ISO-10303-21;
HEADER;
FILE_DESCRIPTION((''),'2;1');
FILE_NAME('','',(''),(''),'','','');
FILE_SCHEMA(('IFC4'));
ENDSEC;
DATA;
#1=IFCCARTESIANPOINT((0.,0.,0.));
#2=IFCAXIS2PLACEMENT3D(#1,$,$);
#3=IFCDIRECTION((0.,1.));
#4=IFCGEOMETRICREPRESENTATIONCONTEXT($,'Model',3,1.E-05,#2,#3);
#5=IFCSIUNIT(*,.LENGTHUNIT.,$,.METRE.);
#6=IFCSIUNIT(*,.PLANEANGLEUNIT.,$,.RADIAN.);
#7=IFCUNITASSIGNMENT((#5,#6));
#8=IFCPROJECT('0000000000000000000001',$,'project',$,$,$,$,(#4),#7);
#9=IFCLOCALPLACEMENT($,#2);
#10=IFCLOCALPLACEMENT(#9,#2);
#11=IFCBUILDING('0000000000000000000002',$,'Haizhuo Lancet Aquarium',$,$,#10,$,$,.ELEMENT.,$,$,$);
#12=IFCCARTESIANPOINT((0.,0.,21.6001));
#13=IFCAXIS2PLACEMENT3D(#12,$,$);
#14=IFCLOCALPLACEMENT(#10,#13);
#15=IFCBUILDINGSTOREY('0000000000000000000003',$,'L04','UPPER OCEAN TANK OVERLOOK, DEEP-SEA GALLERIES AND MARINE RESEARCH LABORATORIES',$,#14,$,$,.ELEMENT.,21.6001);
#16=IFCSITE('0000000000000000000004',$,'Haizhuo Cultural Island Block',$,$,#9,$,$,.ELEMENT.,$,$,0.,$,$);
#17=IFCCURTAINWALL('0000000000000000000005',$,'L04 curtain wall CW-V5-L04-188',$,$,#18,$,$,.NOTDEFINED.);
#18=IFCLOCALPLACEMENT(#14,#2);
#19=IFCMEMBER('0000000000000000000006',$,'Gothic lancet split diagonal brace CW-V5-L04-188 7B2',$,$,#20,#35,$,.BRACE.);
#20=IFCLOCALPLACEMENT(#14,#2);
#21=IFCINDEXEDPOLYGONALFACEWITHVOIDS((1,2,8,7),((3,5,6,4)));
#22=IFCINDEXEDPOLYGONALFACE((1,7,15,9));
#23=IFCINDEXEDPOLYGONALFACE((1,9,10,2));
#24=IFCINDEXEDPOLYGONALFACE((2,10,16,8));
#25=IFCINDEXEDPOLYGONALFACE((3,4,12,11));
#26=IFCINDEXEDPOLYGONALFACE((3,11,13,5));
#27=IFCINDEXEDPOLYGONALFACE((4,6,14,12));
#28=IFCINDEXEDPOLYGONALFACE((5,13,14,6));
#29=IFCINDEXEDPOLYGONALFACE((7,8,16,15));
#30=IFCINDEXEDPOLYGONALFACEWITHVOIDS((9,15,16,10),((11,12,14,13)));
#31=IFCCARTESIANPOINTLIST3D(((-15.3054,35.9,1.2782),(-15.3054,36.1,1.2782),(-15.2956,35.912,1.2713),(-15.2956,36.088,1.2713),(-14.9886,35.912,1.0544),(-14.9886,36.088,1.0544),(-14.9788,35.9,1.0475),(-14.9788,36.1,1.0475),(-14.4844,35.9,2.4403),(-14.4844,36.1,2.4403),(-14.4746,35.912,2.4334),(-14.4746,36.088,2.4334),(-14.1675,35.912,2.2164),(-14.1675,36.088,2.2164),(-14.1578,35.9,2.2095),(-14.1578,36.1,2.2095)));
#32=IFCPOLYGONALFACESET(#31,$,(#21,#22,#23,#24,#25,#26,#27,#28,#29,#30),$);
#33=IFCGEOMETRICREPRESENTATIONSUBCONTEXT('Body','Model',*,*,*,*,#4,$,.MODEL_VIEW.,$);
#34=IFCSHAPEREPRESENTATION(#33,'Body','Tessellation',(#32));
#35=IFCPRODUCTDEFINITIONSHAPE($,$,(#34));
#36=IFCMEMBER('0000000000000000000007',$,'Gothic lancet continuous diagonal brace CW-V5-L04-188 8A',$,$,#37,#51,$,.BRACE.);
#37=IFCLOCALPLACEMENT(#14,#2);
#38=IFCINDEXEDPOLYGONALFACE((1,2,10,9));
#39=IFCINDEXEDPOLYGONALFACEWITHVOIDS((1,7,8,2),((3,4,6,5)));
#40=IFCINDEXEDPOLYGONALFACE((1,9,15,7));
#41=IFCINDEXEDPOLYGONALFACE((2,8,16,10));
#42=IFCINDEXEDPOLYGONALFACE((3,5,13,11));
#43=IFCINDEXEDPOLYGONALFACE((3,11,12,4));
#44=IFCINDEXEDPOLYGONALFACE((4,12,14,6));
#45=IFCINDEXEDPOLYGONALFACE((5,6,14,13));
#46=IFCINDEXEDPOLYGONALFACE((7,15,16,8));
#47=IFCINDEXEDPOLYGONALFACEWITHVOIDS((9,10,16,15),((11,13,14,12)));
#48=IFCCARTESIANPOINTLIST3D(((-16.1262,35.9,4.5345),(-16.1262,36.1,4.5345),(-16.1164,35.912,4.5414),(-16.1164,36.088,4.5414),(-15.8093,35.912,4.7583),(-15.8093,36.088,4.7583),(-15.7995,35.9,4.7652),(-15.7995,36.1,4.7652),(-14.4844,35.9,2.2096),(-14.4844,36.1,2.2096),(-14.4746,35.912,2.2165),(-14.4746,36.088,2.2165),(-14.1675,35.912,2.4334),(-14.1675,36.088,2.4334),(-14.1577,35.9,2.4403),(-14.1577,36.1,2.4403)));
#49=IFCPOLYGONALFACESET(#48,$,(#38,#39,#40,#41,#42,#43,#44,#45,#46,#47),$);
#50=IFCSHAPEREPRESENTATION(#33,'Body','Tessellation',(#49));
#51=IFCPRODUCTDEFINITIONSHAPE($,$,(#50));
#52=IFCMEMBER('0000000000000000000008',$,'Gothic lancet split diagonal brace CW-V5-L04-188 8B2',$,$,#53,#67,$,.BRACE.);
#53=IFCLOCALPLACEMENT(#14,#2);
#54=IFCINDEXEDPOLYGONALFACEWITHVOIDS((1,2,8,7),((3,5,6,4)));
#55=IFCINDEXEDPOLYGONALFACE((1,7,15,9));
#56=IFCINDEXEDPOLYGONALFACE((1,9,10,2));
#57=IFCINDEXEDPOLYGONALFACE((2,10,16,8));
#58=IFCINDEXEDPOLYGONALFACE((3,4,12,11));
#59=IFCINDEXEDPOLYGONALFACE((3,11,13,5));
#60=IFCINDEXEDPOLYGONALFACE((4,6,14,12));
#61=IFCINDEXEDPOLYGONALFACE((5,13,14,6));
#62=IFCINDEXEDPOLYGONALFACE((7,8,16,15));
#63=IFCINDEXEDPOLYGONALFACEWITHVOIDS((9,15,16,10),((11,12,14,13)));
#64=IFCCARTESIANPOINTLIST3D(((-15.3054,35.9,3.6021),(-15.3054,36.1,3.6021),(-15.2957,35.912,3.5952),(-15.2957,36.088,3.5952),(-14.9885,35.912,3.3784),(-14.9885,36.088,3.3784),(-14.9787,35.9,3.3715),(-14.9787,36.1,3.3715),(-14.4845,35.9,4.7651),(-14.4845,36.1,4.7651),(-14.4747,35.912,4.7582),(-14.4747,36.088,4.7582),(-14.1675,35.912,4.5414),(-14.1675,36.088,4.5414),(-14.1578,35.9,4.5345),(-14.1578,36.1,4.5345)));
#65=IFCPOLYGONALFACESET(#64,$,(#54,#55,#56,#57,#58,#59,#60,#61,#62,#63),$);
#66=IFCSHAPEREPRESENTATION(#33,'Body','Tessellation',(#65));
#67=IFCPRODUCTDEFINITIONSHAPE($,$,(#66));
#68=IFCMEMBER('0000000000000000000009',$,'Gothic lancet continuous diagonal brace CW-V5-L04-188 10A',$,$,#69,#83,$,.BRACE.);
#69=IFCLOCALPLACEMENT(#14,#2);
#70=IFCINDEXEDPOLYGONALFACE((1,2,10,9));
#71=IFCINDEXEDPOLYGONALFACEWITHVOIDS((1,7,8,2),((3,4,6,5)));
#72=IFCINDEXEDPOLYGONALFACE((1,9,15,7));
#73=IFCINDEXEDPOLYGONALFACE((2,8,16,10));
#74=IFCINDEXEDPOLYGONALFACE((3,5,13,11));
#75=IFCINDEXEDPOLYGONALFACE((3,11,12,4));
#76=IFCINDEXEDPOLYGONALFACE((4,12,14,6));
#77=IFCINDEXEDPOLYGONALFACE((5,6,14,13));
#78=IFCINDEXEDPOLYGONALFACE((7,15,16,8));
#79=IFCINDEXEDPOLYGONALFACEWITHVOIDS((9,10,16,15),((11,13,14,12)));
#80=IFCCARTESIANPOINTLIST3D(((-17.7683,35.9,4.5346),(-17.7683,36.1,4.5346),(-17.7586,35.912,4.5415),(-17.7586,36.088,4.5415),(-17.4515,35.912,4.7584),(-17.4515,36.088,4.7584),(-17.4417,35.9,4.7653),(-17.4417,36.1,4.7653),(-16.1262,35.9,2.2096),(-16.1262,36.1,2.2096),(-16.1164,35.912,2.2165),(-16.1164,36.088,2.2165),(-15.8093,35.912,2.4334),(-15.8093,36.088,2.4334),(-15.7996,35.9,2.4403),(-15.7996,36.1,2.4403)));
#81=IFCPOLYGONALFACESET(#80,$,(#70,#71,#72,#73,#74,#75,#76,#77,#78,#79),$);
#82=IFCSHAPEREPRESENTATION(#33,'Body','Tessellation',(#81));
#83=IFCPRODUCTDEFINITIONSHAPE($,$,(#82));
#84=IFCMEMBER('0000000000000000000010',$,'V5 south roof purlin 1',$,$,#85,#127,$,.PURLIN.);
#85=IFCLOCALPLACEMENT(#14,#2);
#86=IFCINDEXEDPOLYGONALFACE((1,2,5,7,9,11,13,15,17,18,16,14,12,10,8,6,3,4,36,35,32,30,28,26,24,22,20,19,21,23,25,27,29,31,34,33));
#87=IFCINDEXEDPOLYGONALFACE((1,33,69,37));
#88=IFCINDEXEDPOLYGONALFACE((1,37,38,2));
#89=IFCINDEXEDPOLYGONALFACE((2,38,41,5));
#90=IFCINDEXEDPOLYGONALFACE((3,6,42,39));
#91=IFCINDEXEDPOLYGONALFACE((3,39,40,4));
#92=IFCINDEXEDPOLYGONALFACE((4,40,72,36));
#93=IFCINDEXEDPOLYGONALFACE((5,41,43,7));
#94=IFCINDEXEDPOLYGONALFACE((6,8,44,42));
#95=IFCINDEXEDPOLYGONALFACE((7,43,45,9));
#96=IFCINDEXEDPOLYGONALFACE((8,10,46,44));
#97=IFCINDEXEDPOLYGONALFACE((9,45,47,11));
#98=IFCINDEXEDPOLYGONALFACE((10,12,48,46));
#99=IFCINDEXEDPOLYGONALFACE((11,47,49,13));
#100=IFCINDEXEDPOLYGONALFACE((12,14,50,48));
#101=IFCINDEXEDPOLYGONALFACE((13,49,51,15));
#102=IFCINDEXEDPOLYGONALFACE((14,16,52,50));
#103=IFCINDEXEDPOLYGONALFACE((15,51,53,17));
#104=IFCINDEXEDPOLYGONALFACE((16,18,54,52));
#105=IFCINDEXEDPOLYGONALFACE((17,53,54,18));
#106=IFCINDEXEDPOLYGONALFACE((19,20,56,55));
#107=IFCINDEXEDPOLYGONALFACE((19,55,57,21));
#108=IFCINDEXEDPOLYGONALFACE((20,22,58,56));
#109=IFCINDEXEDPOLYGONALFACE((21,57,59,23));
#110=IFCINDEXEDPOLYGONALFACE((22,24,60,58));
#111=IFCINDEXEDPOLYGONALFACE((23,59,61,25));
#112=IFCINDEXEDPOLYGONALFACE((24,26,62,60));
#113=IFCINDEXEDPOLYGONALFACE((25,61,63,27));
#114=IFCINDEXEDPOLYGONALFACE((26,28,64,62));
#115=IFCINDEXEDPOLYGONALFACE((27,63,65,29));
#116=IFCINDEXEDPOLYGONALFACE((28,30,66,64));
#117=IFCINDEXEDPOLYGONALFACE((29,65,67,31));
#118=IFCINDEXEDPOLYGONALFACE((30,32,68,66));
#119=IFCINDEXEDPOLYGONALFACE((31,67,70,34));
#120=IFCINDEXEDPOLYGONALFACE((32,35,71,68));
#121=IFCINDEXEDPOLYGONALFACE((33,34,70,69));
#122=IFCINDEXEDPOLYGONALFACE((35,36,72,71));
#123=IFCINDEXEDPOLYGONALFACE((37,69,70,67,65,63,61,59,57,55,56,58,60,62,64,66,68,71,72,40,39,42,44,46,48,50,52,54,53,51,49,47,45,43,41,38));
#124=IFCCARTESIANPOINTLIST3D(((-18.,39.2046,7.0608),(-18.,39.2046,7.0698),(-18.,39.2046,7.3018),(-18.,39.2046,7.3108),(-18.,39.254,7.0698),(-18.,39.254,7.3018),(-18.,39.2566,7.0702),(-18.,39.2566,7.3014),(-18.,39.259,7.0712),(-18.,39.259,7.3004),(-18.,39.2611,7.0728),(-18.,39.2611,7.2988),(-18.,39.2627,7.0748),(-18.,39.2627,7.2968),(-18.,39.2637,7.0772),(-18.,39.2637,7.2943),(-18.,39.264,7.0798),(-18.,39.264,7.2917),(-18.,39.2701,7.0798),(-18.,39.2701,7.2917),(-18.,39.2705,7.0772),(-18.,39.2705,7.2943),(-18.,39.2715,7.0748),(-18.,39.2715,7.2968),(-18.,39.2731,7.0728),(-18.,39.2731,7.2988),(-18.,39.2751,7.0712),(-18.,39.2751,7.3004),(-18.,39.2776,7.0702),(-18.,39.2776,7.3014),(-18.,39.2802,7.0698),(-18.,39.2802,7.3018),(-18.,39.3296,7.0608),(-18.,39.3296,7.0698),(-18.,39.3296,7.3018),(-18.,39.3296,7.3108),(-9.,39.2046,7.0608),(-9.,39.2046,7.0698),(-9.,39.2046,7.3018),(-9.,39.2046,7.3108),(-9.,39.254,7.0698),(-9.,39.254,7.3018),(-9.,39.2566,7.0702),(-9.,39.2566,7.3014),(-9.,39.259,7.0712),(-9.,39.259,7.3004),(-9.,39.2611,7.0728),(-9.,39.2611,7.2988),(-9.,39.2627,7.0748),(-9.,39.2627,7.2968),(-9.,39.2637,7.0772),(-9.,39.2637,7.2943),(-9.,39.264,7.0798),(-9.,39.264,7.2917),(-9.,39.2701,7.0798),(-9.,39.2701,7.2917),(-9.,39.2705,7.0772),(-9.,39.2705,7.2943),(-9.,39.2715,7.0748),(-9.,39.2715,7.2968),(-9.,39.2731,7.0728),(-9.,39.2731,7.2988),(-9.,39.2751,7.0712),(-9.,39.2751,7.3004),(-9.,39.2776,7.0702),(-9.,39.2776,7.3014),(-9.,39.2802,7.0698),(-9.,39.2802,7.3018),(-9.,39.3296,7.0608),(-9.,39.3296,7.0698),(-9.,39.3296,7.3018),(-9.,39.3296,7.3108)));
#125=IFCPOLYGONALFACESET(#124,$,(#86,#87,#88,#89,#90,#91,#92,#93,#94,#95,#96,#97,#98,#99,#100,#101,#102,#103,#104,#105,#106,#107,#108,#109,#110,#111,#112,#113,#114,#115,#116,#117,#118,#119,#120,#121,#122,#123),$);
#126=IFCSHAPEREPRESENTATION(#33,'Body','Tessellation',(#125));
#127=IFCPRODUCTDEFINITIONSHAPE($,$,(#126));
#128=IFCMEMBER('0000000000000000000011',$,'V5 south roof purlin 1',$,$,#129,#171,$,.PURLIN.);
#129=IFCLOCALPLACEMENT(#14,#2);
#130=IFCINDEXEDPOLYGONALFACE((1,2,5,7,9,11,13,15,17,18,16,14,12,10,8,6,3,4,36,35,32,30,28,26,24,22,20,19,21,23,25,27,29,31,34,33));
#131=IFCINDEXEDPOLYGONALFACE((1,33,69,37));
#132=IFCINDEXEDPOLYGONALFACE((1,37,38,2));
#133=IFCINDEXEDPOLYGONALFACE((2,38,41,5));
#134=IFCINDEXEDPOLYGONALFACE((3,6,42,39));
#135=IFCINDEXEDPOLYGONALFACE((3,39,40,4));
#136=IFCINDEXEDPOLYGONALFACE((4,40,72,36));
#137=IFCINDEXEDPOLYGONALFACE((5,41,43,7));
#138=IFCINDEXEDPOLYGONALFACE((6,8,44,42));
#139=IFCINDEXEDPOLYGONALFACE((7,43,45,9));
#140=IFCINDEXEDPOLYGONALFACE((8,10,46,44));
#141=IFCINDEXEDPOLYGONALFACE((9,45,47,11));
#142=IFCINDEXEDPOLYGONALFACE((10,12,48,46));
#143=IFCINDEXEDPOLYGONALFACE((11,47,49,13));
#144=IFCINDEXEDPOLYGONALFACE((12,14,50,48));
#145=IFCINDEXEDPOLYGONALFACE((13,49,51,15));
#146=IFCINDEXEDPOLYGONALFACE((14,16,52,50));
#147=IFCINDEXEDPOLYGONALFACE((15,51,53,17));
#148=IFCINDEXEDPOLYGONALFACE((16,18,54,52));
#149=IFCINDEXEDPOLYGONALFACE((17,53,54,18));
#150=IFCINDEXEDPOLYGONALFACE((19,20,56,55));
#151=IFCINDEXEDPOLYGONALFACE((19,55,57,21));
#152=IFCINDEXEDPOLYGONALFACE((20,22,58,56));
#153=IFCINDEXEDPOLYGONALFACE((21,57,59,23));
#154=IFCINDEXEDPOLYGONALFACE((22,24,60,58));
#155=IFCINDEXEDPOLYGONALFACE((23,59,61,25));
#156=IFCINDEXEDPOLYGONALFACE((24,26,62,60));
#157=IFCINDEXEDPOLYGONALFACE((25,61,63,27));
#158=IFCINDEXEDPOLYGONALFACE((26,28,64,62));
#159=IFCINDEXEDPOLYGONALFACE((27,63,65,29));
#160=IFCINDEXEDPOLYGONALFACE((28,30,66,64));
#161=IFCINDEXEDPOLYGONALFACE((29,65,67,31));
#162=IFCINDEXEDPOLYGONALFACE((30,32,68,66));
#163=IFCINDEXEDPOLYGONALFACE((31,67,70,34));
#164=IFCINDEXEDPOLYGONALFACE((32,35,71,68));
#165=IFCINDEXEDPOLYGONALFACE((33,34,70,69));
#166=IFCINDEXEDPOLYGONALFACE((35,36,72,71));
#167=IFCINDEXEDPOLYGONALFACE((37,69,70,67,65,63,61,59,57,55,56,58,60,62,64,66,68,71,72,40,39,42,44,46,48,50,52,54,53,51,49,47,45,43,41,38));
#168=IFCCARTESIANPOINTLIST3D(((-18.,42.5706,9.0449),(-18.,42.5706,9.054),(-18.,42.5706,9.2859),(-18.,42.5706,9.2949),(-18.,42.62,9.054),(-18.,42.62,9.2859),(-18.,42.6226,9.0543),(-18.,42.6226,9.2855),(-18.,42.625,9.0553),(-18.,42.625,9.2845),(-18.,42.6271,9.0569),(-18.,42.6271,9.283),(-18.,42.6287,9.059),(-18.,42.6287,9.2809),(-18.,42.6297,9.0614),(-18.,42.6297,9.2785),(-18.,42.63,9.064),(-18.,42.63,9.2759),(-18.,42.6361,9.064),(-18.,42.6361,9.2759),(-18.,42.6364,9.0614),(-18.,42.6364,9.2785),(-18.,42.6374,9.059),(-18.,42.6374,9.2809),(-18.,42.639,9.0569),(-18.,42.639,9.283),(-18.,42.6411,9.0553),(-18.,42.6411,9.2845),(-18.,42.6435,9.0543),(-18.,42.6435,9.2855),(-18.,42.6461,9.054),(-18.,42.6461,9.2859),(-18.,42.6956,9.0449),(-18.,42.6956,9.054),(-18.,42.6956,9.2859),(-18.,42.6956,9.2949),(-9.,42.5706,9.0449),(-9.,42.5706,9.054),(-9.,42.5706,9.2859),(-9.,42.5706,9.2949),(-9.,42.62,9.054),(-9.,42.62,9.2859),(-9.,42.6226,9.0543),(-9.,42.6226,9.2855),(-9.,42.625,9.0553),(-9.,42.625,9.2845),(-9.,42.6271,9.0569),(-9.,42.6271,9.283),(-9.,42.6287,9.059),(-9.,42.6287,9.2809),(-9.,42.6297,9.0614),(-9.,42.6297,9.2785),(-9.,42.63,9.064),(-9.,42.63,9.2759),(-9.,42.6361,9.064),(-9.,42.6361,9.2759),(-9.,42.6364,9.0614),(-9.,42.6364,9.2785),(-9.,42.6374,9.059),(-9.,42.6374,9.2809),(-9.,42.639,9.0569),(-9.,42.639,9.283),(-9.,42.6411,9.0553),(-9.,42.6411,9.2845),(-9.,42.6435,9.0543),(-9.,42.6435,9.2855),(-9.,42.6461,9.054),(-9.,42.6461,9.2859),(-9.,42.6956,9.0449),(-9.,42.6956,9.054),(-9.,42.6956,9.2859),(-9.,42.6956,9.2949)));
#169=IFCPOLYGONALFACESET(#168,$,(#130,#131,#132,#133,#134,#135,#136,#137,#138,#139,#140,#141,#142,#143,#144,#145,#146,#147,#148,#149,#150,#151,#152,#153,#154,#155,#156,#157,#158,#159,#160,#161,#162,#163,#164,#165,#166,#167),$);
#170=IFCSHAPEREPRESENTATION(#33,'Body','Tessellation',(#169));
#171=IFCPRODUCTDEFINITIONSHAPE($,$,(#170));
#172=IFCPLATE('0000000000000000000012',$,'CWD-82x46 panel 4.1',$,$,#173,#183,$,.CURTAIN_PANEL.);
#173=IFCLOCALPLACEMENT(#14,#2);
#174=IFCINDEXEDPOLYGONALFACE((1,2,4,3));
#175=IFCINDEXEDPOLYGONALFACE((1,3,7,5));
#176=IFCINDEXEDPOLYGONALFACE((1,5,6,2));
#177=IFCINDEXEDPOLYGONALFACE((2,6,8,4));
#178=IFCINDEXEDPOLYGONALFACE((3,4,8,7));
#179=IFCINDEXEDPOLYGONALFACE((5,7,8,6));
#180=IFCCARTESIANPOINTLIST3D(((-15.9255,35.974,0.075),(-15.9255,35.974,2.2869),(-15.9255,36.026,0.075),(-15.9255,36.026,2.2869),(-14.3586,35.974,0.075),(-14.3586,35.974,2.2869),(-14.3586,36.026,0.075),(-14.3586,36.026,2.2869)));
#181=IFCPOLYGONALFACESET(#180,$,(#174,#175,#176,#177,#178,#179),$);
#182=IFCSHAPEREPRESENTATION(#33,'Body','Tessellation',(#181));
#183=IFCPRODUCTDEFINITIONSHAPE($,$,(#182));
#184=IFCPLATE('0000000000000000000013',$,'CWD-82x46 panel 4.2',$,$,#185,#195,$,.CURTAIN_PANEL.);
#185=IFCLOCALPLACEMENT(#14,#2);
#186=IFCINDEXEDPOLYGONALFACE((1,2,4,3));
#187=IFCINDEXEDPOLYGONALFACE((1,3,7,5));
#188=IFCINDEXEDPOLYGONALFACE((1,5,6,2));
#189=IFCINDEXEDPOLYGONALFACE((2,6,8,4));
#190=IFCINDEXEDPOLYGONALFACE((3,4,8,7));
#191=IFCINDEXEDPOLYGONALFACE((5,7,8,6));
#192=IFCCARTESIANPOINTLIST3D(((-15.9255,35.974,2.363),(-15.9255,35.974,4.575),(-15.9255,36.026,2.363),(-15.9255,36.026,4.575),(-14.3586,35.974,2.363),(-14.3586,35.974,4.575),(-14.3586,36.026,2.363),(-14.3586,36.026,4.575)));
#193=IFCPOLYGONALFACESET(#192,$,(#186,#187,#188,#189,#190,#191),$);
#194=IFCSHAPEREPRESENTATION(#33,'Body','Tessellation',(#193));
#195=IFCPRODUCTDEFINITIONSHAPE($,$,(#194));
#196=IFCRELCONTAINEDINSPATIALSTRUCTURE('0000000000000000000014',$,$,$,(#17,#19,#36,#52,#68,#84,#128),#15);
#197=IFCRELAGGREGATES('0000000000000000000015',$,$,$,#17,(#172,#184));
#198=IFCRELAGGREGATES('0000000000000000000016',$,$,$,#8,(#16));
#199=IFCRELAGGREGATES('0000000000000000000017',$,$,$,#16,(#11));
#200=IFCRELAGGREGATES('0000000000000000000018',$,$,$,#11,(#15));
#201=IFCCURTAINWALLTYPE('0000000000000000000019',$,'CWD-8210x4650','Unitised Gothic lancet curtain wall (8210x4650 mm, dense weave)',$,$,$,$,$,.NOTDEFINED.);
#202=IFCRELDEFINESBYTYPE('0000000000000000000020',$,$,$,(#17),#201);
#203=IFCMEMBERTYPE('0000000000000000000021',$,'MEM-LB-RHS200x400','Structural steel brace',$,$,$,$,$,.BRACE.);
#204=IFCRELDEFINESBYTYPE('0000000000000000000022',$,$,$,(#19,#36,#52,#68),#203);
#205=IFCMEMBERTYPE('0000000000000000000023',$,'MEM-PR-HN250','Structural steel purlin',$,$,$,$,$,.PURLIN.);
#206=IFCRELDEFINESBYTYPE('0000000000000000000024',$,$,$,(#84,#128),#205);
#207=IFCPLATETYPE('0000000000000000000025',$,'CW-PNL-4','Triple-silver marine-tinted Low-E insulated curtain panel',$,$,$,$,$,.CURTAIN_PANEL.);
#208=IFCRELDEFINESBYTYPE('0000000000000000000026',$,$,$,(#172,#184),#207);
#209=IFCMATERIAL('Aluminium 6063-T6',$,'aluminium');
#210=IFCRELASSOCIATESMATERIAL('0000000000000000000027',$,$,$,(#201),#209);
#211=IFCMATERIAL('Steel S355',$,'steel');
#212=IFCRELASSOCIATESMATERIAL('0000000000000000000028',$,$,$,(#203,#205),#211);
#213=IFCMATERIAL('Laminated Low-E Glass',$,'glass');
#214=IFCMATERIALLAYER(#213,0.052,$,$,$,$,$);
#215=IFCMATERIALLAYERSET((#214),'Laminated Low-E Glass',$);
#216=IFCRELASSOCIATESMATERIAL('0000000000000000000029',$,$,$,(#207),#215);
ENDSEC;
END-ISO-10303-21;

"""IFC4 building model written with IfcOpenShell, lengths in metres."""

from ifc_helpers import new_model, si_unit, direction, frame, origin, origin_2d, place, context, subcontext, project, spatial, rectangle, hollow_rectangle, i_section, extrude, material, layer, layer_set, material_profile, profile_set, type_object, element, aggregate, save


model = new_model("IFC4")

# Units and contexts
model_context = context("Model", 3, precision=1e-05, world=origin(), true_north=direction((0.0, 1.0)))
body_context = subcontext(model_context, "Body", "Model", "MODEL_VIEW")
ifc_project = project(units=[si_unit("LENGTHUNIT", "METRE"), si_unit("PLANEANGLEUNIT", "RADIAN")], contexts=[model_context])

# Site, building, storey
site_placement = place(None, origin())
site = spatial("IfcSite", under=ifc_project, at=site_placement, Name="Haizhuo Cultural Island Block", CompositionType="ELEMENT", RefElevation=0.0)
building_placement = place(site_placement, origin())
building = spatial("IfcBuilding", under=site, at=building_placement, Name="Haizhuo Lancet Aquarium", CompositionType="ELEMENT")
storey_placement = place(building_placement, frame((0.0, 0.0, 21.6001)))
storey = spatial("IfcBuildingStorey", under=building, at=storey_placement, Name="L04", Description="UPPER OCEAN TANK OVERLOOK, DEEP-SEA GALLERIES AND MARINE RESEARCH LABORATORIES", CompositionType="ELEMENT", Elevation=21.6001)

# Curtain wall
ifc_material_1 = material(Name="Aluminium 6063-T6", Category="aluminium")
curtain_wall_type = type_object("IfcCurtainWallType", Name="CWD-8210x4650", Description="Unitised Gothic lancet curtain wall (8210x4650 mm, dense weave)", PredefinedType="NOTDEFINED", material=ifc_material_1)
curtain_wall_placement = place(storey_placement, origin())
curtain_wall = element("IfcCurtainWall", 1, at=curtain_wall_placement, inside=storey, type_object=curtain_wall_type, Name="L04 curtain wall CW-V5-L04-188", PredefinedType="NOTDEFINED")

# Members
ifc_material_2 = material(Name="Steel S355", Category="steel")
ifc_material_profile_1 = material_profile(ifc_material_2, hollow_rectangle(XDim=0.2, YDim=0.3999, WallThickness=0.012, at=origin_2d()), Name="RHS 200x400x12")
ifc_profile_set_1 = profile_set([ifc_material_profile_1], Name="Steel S355")
member_type_1 = type_object("IfcMemberType", Name="MEM-LB-RHS200x400", Description="Structural steel brace", PredefinedType="BRACE", material=ifc_profile_set_1)
member_1_placement = place(storey_placement, frame((-15.1421, 36.0, 1.1628), z_axis=(0.577027, 0.0, 0.816725), x_axis=(0.0, 1.0, 0.0)))
element("IfcMember", 2, at=member_1_placement, inside=storey, type_object=member_type_1, Name="Gothic lancet split diagonal brace CW-V5-L04-188 7B2", PredefinedType="BRACE", context=body_context, shape_type="SweptSolid", body=[
    extrude(hollow_rectangle(XDim=0.2, YDim=0.3999, WallThickness=0.012, at=origin_2d()), origin(), (0.0, 0.0, 1.0), 1.4229),
])
member_2_placement = place(storey_placement, frame((-14.321, 36.0, 2.325), z_axis=(-0.576848, 0.0, 0.816851), x_axis=(0.0, -1.0, 0.0)))
element("IfcMember", 3, at=member_2_placement, inside=storey, type_object=member_type_1, Name="Gothic lancet continuous diagonal brace CW-V5-L04-188 8A", PredefinedType="BRACE", context=body_context, shape_type="SweptSolid", body=[
    extrude(hollow_rectangle(XDim=0.2, YDim=0.3999, WallThickness=0.012, at=origin_2d()), origin(), (0.0, 0.0, 1.0), 2.8462),
])
member_3_placement = place(storey_placement, frame((-15.1421, 36.0, 3.4868), z_axis=(0.576703, 0.0, 0.816954), x_axis=(0.0, 1.0, 0.0)))
element("IfcMember", 4, at=member_3_placement, inside=storey, type_object=member_type_1, Name="Gothic lancet split diagonal brace CW-V5-L04-188 8B2", PredefinedType="BRACE", context=body_context, shape_type="SweptSolid", body=[
    extrude(hollow_rectangle(XDim=0.2, YDim=0.3999, WallThickness=0.012, at=origin_2d()), origin(), (0.0, 0.0, 1.0), 1.4236),
])
member_4_placement = place(storey_placement, frame((-15.9629, 36.0, 2.325), z_axis=(-0.576905, 0.0, 0.816811), x_axis=(0.0, -1.0, 0.0)))
element("IfcMember", 5, at=member_4_placement, inside=storey, type_object=member_type_1, Name="Gothic lancet continuous diagonal brace CW-V5-L04-188 10A", PredefinedType="BRACE", context=body_context, shape_type="SweptSolid", body=[
    extrude(hollow_rectangle(XDim=0.2, YDim=0.3999, WallThickness=0.012, at=origin_2d()), origin(), (0.0, 0.0, 1.0), 2.8464),
])
ifc_material_profile_2 = material_profile(ifc_material_2, i_section(OverallWidth=0.125, OverallDepth=0.25, WebThickness=0.0061, FlangeThickness=0.009, FilletRadius=0.01, at=origin_2d()), Name="HN 250x125x6x9")
ifc_profile_set_2 = profile_set([ifc_material_profile_2], Name="Steel S355")
member_type_2 = type_object("IfcMemberType", Name="MEM-PR-HN250", Description="Structural steel purlin", PredefinedType="PURLIN", material=ifc_profile_set_2)
for number, where, z_axis, x_axis, name in (
    (6, (-18.0, 39.2671, 7.1858), (1.0, 0.0, 0.0), (0.0, 1.0, 0.0), "V5 south roof purlin 1"),
    (7, (-18.0, 42.6331, 9.1699), (1.0, 0.0, 0.0), (0.0, 1.0, 0.0), "V5 south roof purlin 1"),
):
    element("IfcMember", number, at=place(storey_placement, frame(where, z_axis=z_axis, x_axis=x_axis)), inside=storey, type_object=member_type_2, Name=name, PredefinedType="PURLIN", context=body_context, shape_type="SweptSolid", body=[
        extrude(i_section(OverallWidth=0.125, OverallDepth=0.25, WebThickness=0.0061, FlangeThickness=0.009, FilletRadius=0.01, at=origin_2d()), origin(), (0.0, 0.0, 1.0), 9.0),
    ])

# Plates
ifc_material_3 = material(Name="Laminated Low-E Glass", Category="glass")
ifc_layer_1 = layer(ifc_material_3, 0.052)
ifc_layer_set_1 = layer_set([ifc_layer_1], Name="Laminated Low-E Glass")
plate_type_1 = type_object("IfcPlateType", Name="CW-PNL-4", Description="Triple-silver marine-tinted Low-E insulated curtain panel", PredefinedType="CURTAIN_PANEL", material=ifc_layer_set_1)
plate_1_placement = place(storey_placement, frame((-15.1421, 36.0, 0.075), z_axis=(0.0, 0.0, 1.0), x_axis=(-1.0, 0.0, 0.0)))
plate_1 = element("IfcPlate", 8, at=plate_1_placement, type_object=plate_type_1, Name="CWD-82x46 panel 4.1", PredefinedType="CURTAIN_PANEL", context=body_context, shape_type="SweptSolid", body=[
    extrude(rectangle(XDim=1.5669, YDim=0.052, at=origin_2d()), origin(), (0.0, 0.0, 1.0), 2.2119),
])
plate_2_placement = place(storey_placement, frame((-15.1421, 36.0, 2.363), z_axis=(0.0, 0.0, 1.0), x_axis=(-1.0, 0.0, 0.0)))
plate_2 = element("IfcPlate", 9, at=plate_2_placement, type_object=plate_type_1, Name="CWD-82x46 panel 4.2", PredefinedType="CURTAIN_PANEL", context=body_context, shape_type="SweptSolid", body=[
    extrude(rectangle(XDim=1.5669, YDim=0.052, at=origin_2d()), origin(), (0.0, 0.0, 1.0), 2.2119),
])
aggregate(curtain_wall, [plate_1, plate_2])

save(model, "model.ifc")
